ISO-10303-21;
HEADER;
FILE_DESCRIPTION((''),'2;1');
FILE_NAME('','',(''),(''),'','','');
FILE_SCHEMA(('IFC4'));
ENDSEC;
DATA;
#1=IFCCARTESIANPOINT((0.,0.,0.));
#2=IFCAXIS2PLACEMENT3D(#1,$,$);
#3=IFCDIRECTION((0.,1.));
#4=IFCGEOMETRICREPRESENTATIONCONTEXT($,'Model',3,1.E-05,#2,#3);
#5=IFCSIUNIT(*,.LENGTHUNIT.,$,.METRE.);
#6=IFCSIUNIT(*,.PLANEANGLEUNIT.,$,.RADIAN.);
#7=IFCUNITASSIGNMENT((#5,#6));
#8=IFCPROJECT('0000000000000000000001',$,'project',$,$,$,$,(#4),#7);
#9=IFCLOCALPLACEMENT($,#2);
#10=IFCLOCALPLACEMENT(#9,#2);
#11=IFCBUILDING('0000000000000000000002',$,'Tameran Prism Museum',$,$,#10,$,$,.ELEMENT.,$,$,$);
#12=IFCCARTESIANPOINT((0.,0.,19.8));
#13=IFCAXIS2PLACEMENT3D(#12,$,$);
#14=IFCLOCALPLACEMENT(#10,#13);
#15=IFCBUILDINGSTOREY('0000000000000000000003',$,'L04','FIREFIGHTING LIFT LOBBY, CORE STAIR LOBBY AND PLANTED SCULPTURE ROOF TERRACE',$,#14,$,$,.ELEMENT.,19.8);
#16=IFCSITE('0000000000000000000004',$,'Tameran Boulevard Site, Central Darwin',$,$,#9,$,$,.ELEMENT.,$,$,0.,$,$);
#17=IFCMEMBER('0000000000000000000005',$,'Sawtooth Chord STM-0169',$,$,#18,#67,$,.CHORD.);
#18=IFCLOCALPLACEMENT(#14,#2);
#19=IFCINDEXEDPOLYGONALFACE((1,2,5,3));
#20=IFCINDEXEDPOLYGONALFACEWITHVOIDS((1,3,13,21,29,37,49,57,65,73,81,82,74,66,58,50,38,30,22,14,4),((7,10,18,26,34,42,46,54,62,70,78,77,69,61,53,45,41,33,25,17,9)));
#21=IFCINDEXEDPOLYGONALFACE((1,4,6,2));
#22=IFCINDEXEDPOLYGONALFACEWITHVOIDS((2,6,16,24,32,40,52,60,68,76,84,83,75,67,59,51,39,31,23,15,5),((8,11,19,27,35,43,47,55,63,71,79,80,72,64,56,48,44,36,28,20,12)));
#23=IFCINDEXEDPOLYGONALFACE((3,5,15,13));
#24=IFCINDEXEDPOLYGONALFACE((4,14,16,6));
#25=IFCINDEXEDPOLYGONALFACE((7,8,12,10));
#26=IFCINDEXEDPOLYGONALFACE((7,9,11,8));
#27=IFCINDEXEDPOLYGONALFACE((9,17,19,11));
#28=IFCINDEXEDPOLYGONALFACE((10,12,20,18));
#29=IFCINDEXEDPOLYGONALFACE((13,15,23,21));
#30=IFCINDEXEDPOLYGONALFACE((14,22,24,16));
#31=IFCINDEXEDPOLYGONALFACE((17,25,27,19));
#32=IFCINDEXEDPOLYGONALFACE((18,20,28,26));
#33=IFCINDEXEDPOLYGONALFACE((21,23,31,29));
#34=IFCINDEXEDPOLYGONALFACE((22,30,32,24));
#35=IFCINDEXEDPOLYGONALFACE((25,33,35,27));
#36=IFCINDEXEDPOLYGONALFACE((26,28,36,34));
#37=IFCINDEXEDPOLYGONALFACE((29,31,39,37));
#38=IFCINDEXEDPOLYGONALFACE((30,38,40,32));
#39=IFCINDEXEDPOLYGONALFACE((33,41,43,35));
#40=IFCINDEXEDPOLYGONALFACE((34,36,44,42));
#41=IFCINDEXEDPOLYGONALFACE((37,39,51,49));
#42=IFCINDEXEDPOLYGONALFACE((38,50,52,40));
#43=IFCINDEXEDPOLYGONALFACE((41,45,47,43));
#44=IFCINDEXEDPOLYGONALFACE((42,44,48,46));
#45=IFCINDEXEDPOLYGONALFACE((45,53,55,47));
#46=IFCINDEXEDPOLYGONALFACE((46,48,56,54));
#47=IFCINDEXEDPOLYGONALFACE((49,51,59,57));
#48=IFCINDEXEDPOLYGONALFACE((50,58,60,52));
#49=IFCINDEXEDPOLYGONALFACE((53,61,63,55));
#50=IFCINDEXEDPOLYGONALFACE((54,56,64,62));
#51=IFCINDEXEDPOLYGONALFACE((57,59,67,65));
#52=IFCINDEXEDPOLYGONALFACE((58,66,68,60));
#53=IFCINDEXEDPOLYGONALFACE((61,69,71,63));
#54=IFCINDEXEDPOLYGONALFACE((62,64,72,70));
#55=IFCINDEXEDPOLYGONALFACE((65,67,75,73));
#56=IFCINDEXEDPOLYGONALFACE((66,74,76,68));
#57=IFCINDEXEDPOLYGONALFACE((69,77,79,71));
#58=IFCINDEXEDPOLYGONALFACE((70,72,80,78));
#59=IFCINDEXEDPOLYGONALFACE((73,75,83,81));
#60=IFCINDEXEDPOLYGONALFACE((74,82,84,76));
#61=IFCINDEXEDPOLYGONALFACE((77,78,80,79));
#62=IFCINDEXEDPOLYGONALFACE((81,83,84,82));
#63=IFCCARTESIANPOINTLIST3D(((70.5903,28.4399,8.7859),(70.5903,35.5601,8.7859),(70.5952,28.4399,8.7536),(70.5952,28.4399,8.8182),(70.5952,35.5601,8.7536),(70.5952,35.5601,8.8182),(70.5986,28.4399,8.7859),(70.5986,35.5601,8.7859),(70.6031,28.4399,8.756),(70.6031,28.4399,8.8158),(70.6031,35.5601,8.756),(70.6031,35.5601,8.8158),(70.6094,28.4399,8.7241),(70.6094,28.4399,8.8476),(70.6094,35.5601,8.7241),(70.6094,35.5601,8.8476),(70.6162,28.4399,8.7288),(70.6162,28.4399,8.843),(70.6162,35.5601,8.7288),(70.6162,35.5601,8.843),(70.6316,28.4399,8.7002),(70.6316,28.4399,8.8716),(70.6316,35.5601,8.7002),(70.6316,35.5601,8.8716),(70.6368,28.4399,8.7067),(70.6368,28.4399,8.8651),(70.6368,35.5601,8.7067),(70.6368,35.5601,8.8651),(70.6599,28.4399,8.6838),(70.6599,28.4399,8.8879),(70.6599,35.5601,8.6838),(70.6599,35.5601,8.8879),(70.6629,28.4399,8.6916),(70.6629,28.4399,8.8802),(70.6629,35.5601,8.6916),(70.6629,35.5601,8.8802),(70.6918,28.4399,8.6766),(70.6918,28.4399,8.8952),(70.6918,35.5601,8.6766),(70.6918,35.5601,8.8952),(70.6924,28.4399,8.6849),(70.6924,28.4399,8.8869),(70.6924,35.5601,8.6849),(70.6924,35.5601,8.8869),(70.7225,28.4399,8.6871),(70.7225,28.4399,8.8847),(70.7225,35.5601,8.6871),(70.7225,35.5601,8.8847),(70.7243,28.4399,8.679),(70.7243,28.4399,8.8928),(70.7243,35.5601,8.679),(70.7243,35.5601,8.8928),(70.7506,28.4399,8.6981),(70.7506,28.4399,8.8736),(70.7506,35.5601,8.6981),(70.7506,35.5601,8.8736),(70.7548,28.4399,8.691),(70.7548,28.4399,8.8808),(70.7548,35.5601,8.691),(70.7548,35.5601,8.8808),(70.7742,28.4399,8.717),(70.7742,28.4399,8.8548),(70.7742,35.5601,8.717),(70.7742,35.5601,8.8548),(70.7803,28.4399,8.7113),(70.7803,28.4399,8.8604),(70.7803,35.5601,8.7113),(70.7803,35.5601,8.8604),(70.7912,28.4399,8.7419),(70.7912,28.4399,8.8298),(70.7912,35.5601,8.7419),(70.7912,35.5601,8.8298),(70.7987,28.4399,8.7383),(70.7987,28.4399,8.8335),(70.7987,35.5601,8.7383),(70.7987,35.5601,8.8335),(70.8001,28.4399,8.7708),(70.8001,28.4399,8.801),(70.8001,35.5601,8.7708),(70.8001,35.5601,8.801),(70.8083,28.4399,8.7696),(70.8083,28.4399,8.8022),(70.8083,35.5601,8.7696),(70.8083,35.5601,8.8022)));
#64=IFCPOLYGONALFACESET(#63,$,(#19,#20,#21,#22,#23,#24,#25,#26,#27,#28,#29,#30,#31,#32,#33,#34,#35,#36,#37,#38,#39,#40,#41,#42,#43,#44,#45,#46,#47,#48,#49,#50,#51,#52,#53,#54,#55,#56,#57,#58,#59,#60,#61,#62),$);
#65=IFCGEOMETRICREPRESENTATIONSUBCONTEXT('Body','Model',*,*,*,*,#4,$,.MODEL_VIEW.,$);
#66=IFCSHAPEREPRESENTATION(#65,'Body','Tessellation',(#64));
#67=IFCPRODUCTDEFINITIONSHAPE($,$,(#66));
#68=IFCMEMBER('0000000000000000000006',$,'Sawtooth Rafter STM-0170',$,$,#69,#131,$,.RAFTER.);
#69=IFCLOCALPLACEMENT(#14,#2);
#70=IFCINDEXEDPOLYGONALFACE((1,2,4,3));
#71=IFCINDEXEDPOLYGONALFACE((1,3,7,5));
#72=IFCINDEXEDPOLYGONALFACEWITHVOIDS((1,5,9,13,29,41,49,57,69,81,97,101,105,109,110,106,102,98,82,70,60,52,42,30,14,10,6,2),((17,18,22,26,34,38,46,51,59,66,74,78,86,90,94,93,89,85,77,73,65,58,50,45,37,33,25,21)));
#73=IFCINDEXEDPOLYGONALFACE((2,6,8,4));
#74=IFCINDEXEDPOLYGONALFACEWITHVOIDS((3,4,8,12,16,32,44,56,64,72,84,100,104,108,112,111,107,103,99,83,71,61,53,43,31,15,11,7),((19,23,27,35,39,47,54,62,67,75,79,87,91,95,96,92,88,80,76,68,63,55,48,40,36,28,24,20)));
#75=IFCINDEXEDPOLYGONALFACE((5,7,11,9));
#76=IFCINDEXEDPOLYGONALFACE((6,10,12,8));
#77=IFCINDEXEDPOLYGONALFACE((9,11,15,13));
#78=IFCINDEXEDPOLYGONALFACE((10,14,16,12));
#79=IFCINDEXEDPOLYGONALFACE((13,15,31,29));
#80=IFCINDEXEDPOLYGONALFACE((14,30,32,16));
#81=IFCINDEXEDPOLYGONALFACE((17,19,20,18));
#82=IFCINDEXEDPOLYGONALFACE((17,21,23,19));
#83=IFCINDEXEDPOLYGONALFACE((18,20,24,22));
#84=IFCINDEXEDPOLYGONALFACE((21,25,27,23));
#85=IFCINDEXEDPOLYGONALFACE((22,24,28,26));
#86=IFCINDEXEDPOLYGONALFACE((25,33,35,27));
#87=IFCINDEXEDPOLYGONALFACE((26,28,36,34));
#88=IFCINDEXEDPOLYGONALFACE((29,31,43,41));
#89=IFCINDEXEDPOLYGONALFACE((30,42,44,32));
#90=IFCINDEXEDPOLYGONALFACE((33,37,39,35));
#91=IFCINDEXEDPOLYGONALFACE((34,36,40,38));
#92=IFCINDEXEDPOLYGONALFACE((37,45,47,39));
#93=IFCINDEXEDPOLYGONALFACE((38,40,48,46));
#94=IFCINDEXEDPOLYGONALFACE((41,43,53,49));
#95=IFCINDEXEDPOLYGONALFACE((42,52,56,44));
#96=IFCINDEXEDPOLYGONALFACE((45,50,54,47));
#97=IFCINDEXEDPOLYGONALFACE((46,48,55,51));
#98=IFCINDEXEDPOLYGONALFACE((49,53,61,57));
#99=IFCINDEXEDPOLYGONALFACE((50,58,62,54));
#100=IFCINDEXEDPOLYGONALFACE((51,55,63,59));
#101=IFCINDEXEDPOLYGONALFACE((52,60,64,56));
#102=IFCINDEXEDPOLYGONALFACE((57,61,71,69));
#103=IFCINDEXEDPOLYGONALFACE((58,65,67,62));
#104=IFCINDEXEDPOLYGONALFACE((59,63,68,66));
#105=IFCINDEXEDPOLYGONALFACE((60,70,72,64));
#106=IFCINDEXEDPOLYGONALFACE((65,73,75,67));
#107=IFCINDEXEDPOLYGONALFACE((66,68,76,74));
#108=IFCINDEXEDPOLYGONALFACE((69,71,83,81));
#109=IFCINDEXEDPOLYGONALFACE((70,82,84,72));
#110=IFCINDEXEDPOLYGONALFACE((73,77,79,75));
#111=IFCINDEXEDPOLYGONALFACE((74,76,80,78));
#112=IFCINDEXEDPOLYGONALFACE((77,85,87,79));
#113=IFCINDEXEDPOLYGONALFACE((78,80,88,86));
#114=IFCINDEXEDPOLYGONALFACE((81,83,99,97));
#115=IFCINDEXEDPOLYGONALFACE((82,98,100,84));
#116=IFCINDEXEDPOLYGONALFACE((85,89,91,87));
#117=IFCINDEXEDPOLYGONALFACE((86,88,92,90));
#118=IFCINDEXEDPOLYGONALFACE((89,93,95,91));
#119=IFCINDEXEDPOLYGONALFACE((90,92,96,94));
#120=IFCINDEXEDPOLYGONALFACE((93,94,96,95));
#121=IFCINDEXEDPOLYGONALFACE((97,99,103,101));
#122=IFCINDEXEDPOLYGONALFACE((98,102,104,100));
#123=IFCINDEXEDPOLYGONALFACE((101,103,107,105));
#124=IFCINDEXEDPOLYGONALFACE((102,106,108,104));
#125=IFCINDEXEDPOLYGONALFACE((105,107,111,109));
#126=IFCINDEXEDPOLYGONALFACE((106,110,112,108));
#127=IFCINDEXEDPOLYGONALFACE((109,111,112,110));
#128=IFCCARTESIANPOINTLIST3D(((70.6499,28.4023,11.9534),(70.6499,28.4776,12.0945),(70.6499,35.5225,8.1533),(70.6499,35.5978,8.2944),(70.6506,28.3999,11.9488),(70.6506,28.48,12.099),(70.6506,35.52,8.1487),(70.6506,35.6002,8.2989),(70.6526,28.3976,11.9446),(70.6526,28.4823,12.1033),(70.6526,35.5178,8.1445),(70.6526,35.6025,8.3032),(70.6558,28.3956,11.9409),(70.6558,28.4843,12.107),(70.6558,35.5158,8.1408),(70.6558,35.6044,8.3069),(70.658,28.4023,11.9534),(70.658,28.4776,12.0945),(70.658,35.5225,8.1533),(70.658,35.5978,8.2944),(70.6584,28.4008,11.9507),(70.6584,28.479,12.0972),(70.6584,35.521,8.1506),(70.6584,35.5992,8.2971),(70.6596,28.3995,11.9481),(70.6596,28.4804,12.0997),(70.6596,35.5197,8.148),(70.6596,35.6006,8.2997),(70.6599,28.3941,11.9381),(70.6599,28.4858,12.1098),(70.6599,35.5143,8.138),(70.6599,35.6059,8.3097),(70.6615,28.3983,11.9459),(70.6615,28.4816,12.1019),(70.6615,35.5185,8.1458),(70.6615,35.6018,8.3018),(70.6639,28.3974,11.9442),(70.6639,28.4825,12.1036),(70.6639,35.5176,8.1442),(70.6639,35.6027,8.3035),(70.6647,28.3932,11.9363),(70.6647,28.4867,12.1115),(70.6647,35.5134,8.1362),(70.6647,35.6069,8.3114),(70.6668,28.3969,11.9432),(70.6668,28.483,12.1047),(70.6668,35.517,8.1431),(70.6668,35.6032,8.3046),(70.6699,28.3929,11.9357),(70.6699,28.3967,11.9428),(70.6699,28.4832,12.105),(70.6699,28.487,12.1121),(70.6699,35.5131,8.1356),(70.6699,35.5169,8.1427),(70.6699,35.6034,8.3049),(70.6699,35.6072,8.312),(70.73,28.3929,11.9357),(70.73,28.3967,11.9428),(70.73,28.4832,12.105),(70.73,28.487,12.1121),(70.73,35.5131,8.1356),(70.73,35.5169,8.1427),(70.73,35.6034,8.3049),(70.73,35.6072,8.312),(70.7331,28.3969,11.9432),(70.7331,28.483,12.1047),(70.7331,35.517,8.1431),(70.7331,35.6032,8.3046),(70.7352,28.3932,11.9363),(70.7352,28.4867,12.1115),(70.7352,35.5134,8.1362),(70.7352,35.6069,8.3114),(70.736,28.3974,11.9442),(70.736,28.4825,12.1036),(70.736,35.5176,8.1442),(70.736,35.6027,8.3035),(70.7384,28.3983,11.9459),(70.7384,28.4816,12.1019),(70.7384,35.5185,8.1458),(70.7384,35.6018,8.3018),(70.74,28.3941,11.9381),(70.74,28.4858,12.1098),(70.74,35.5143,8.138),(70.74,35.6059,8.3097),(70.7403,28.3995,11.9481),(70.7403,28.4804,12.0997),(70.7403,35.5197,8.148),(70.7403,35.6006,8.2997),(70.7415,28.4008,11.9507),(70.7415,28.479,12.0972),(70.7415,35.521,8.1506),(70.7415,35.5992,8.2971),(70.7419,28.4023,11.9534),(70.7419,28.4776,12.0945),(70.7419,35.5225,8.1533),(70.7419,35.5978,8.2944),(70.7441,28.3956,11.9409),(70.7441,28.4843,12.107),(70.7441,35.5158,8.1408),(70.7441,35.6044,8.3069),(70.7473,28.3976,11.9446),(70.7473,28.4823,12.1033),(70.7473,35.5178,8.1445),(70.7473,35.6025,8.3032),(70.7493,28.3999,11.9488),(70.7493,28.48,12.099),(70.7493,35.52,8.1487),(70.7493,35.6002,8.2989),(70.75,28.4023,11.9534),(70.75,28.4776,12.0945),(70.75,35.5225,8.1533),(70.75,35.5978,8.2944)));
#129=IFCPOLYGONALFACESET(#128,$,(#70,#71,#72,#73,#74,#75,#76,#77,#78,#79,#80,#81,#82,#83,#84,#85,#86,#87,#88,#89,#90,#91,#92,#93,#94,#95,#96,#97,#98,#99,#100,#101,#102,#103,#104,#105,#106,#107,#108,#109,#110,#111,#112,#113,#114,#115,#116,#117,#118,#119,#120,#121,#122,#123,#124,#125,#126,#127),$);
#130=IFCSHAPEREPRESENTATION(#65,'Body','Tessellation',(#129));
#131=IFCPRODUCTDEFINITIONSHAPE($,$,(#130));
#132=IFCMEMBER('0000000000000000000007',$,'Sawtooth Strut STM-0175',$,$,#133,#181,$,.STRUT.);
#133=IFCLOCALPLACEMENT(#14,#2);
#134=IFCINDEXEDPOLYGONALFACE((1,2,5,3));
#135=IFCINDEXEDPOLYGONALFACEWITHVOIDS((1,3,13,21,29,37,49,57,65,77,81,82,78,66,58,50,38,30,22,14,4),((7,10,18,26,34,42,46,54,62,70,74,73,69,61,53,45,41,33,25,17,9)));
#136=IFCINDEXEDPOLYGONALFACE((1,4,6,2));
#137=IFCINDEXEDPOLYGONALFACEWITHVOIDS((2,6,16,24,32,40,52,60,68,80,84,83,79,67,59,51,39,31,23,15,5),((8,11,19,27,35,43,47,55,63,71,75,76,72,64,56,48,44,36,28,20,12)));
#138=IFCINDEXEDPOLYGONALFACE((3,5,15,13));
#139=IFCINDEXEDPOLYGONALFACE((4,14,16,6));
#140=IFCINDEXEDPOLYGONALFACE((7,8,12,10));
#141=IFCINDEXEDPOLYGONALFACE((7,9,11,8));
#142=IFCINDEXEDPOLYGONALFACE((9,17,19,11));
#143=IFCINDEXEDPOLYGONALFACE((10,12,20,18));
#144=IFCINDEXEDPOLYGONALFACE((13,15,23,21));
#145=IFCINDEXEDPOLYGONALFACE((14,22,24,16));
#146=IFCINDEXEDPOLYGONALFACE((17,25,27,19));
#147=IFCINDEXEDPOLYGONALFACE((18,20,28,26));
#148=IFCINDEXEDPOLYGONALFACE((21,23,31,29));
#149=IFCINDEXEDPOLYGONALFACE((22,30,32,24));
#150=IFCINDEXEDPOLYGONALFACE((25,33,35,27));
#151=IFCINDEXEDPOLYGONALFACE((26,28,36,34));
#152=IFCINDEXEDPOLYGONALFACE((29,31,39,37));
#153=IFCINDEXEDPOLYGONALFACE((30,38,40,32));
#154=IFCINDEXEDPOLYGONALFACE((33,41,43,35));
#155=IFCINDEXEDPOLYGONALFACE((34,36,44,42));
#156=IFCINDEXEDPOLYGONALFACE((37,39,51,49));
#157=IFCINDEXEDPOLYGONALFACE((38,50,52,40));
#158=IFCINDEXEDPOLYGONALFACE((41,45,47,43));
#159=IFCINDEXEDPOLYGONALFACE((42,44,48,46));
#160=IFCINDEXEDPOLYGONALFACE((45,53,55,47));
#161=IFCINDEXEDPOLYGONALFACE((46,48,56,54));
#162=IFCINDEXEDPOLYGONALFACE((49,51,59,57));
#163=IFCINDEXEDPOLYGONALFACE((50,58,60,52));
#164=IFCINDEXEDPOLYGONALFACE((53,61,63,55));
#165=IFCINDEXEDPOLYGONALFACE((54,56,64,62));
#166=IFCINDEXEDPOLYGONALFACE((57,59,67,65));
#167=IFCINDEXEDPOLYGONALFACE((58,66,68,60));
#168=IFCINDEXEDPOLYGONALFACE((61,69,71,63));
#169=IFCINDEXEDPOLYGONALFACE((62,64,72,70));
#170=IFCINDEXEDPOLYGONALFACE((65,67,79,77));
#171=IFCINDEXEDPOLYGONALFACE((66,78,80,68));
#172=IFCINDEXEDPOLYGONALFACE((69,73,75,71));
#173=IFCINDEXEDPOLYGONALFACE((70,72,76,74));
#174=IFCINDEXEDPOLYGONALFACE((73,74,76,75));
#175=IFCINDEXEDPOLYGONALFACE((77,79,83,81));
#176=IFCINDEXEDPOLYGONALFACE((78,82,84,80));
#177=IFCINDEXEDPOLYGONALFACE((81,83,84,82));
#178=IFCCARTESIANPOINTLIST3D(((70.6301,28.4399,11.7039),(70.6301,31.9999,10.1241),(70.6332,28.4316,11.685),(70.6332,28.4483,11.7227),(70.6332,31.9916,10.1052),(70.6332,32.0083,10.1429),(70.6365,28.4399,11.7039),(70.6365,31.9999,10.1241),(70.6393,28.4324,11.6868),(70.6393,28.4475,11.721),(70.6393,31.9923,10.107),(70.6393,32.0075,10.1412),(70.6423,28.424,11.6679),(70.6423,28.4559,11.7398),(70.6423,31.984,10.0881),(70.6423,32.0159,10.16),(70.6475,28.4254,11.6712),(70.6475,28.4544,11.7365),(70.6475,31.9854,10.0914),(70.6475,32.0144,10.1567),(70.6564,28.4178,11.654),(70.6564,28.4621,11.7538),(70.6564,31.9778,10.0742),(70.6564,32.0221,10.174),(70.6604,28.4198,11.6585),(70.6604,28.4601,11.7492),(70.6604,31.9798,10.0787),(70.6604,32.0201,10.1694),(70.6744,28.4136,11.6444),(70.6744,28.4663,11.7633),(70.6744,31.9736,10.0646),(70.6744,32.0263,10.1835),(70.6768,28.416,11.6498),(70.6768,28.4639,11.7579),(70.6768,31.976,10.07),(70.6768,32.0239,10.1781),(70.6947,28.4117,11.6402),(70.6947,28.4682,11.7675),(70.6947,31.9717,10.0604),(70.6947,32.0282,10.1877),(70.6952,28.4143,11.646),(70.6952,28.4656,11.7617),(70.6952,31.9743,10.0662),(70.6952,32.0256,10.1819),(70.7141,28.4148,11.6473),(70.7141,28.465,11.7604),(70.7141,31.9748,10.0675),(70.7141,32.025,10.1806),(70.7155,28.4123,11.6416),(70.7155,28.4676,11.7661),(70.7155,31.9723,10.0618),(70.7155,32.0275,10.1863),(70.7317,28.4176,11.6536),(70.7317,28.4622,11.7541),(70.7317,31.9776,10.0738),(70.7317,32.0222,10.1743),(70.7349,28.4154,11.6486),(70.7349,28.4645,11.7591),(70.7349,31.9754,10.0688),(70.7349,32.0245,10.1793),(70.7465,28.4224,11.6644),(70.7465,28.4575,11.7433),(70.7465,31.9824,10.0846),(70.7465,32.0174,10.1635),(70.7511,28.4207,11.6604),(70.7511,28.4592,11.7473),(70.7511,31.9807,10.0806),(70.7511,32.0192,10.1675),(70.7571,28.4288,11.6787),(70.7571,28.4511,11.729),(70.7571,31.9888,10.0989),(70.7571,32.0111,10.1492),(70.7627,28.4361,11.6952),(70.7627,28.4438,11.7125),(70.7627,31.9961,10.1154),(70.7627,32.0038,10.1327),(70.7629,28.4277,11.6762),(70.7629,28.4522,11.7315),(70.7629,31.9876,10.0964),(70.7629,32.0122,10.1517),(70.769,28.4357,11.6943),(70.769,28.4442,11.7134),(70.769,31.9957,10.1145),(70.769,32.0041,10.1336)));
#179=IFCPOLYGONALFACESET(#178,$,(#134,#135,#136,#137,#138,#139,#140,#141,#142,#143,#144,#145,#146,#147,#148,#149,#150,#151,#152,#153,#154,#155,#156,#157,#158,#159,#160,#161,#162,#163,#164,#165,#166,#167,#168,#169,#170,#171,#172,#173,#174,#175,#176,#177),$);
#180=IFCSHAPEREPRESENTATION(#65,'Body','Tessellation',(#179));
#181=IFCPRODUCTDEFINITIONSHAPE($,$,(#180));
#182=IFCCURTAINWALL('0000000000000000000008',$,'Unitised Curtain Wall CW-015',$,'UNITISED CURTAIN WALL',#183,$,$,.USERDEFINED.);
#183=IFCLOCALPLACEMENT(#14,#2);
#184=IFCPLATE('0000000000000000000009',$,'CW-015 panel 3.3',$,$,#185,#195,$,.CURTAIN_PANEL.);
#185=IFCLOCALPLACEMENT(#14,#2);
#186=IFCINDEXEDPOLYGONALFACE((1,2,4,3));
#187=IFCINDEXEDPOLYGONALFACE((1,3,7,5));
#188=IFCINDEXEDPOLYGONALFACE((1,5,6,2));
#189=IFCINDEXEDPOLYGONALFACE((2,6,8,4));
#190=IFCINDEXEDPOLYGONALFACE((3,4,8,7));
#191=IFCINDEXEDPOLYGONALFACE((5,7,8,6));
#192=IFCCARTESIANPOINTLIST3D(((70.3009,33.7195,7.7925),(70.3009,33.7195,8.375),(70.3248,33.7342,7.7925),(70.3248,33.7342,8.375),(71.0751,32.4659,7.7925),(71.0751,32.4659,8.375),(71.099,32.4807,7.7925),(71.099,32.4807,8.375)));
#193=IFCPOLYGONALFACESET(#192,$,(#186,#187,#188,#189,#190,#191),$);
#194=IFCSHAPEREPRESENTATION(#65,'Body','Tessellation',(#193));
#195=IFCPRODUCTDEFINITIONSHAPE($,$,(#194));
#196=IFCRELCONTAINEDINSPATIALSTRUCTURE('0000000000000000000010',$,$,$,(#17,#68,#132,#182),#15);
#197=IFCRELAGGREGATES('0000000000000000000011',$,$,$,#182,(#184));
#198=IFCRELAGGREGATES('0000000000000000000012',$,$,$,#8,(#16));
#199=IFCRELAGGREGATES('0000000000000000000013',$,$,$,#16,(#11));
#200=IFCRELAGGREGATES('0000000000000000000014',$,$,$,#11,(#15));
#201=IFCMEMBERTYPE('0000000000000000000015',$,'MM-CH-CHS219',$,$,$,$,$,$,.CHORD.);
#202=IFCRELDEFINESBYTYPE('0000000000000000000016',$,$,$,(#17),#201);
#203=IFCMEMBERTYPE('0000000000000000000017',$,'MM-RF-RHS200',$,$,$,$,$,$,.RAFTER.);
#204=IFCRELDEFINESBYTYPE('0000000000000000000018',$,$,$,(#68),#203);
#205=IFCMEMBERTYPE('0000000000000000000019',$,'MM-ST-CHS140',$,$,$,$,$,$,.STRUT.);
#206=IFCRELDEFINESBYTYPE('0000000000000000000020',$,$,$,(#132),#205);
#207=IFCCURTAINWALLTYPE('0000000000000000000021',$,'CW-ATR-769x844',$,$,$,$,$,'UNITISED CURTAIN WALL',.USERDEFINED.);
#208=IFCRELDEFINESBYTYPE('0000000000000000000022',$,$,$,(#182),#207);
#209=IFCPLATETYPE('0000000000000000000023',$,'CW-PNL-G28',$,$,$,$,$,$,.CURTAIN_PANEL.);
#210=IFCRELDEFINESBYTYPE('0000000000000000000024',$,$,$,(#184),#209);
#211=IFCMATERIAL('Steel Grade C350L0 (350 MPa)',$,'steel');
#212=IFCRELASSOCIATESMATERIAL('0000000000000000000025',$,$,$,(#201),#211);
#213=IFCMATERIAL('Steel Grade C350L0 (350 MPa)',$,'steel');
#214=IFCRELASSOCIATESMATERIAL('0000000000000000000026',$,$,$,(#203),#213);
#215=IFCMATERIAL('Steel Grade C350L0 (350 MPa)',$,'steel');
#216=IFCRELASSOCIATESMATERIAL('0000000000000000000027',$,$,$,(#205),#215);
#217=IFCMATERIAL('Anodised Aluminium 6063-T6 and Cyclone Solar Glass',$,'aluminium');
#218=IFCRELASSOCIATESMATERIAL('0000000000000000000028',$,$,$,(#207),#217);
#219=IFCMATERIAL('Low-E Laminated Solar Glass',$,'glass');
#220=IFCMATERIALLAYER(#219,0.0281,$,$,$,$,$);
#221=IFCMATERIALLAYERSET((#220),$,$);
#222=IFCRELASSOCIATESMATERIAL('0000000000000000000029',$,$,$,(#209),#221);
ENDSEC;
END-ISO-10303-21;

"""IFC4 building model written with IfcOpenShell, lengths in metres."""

from ifc_helpers import new_model, si_unit, direction, frame, origin, origin_2d, place, context, subcontext, project, spatial, rectangle, hollow_rectangle, hollow_circle, extrude, material, layer, layer_set, material_profile, profile_set, type_object, element, aggregate, save


model = new_model("IFC4")

# Units and contexts
model_context = context("Model", 3, precision=1e-05, world=origin(), true_north=direction((0.0, 1.0)))
body_context = subcontext(model_context, "Body", "Model", "MODEL_VIEW")
ifc_project = project(units=[si_unit("LENGTHUNIT", "METRE"), si_unit("PLANEANGLEUNIT", "RADIAN")], contexts=[model_context])

# Site, building, storey
site_placement = place(None, origin())
site = spatial("IfcSite", under=ifc_project, at=site_placement, Name="Tameran Boulevard Site, Central Darwin", CompositionType="ELEMENT", RefElevation=0.0)
building_placement = place(site_placement, origin())
building = spatial("IfcBuilding", under=site, at=building_placement, Name="Tameran Prism Museum", CompositionType="ELEMENT")
storey_placement = place(building_placement, frame((0.0, 0.0, 19.8)))
storey = spatial("IfcBuildingStorey", under=building, at=storey_placement, Name="L04", Description="FIREFIGHTING LIFT LOBBY, CORE STAIR LOBBY AND PLANTED SCULPTURE ROOF TERRACE", CompositionType="ELEMENT", Elevation=19.8)

# Members
ifc_material_1 = material(Name="Steel Grade C350L0 (350 MPa)", Category="steel")
ifc_material_profile_1 = material_profile(ifc_material_1, hollow_circle(Radius=0.1096, WallThickness=0.0083, at=origin_2d()))
ifc_profile_set_1 = profile_set([ifc_material_profile_1])
member_type_1 = type_object("IfcMemberType", Name="MM-CH-CHS219", PredefinedType="CHORD", material=ifc_profile_set_1)
member_1_placement = place(storey_placement, frame((70.7, 28.4399, 8.7859), z_axis=(0.0, 1.0, 0.0), x_axis=(-1.0, 0.0, 0.0)))
element("IfcMember", 1, at=member_1_placement, inside=storey, type_object=member_type_1, Name="Sawtooth Chord STM-0169", PredefinedType="CHORD", context=body_context, shape_type="SweptSolid", body=[
    extrude(hollow_circle(Radius=0.1096, WallThickness=0.0083, at=origin_2d()), origin(), (0.0, 0.0, 1.0), 7.1201),
])
ifc_material_2 = material(Name="Steel Grade C350L0 (350 MPa)", Category="steel")
ifc_material_profile_2 = material_profile(ifc_material_2, hollow_rectangle(XDim=0.1001, YDim=0.2, WallThickness=0.0081, InnerFilletRadius=0.012, OuterFilletRadius=0.02, at=origin_2d()))
ifc_profile_set_2 = profile_set([ifc_material_profile_2])
member_type_2 = type_object("IfcMemberType", Name="MM-RF-RHS200", PredefinedType="RAFTER", material=ifc_profile_set_2)
member_2_placement = place(storey_placement, frame((70.7, 28.4399, 12.0239), z_axis=(0.0, 0.882216, -0.470844), x_axis=(-1.0, 0.0, 0.0)))
element("IfcMember", 2, at=member_2_placement, inside=storey, type_object=member_type_2, Name="Sawtooth Rafter STM-0170", PredefinedType="RAFTER", context=body_context, shape_type="SweptSolid", body=[
    extrude(hollow_rectangle(XDim=0.1001, YDim=0.2, WallThickness=0.0081, InnerFilletRadius=0.012, OuterFilletRadius=0.02, at=origin_2d()), origin(), (0.0, 0.0, 1.0), 8.0708),
])
ifc_material_3 = material(Name="Steel Grade C350L0 (350 MPa)", Category="steel")
ifc_material_profile_3 = material_profile(ifc_material_3, hollow_circle(Radius=0.0698, WallThickness=0.0063, at=origin_2d()))
ifc_profile_set_3 = profile_set([ifc_material_profile_3])
member_type_3 = type_object("IfcMemberType", Name="MM-ST-CHS140", PredefinedType="STRUT", material=ifc_profile_set_3)
member_3_placement = place(storey_placement, frame((70.7, 28.4399, 11.7039), z_axis=(0.0, 0.914041, -0.405621), x_axis=(-1.0, 0.0, 0.0)))
element("IfcMember", 3, at=member_3_placement, inside=storey, type_object=member_type_3, Name="Sawtooth Strut STM-0175", PredefinedType="STRUT", context=body_context, shape_type="SweptSolid", body=[
    extrude(hollow_circle(Radius=0.0698, WallThickness=0.0063, at=origin_2d()), origin(), (0.0, 0.0, 1.0), 3.8948),
])

# Curtain wall, plate
ifc_material_4 = material(Name="Anodised Aluminium 6063-T6 and Cyclone Solar Glass", Category="aluminium")
curtain_wall_type_1 = type_object("IfcCurtainWallType", Name="CW-ATR-769x844", ElementType="UNITISED CURTAIN WALL", PredefinedType="USERDEFINED", material=ifc_material_4)
curtain_wall_1_placement = place(storey_placement, origin())
curtain_wall_1 = element("IfcCurtainWall", 4, at=curtain_wall_1_placement, inside=storey, type_object=curtain_wall_type_1, Name="Unitised Curtain Wall CW-015", ObjectType="UNITISED CURTAIN WALL", PredefinedType="USERDEFINED")
ifc_material_5 = material(Name="Low-E Laminated Solar Glass", Category="glass")
ifc_layer_1 = layer(ifc_material_5, 0.0281)
ifc_layer_set_1 = layer_set([ifc_layer_1])
plate_type_1 = type_object("IfcPlateType", Name="CW-PNL-G28", PredefinedType="CURTAIN_PANEL", material=ifc_layer_set_1)
plate_1_placement = place(storey_placement, frame((70.7, 33.1001, 7.7925), z_axis=(0.0, 0.0, 1.0), x_axis=(0.525504, -0.850791, 0.0)))
plate_1 = element("IfcPlate", 5, at=plate_1_placement, type_object=plate_type_1, Name="CW-015 panel 3.3", PredefinedType="CURTAIN_PANEL", context=body_context, shape_type="SweptSolid", body=[
    extrude(rectangle(XDim=1.4734, YDim=0.0281, at=origin_2d()), origin(), (0.0, 0.0, 1.0), 0.5825),
])
aggregate(curtain_wall_1, [plate_1])

save(model, "model.ifc")
